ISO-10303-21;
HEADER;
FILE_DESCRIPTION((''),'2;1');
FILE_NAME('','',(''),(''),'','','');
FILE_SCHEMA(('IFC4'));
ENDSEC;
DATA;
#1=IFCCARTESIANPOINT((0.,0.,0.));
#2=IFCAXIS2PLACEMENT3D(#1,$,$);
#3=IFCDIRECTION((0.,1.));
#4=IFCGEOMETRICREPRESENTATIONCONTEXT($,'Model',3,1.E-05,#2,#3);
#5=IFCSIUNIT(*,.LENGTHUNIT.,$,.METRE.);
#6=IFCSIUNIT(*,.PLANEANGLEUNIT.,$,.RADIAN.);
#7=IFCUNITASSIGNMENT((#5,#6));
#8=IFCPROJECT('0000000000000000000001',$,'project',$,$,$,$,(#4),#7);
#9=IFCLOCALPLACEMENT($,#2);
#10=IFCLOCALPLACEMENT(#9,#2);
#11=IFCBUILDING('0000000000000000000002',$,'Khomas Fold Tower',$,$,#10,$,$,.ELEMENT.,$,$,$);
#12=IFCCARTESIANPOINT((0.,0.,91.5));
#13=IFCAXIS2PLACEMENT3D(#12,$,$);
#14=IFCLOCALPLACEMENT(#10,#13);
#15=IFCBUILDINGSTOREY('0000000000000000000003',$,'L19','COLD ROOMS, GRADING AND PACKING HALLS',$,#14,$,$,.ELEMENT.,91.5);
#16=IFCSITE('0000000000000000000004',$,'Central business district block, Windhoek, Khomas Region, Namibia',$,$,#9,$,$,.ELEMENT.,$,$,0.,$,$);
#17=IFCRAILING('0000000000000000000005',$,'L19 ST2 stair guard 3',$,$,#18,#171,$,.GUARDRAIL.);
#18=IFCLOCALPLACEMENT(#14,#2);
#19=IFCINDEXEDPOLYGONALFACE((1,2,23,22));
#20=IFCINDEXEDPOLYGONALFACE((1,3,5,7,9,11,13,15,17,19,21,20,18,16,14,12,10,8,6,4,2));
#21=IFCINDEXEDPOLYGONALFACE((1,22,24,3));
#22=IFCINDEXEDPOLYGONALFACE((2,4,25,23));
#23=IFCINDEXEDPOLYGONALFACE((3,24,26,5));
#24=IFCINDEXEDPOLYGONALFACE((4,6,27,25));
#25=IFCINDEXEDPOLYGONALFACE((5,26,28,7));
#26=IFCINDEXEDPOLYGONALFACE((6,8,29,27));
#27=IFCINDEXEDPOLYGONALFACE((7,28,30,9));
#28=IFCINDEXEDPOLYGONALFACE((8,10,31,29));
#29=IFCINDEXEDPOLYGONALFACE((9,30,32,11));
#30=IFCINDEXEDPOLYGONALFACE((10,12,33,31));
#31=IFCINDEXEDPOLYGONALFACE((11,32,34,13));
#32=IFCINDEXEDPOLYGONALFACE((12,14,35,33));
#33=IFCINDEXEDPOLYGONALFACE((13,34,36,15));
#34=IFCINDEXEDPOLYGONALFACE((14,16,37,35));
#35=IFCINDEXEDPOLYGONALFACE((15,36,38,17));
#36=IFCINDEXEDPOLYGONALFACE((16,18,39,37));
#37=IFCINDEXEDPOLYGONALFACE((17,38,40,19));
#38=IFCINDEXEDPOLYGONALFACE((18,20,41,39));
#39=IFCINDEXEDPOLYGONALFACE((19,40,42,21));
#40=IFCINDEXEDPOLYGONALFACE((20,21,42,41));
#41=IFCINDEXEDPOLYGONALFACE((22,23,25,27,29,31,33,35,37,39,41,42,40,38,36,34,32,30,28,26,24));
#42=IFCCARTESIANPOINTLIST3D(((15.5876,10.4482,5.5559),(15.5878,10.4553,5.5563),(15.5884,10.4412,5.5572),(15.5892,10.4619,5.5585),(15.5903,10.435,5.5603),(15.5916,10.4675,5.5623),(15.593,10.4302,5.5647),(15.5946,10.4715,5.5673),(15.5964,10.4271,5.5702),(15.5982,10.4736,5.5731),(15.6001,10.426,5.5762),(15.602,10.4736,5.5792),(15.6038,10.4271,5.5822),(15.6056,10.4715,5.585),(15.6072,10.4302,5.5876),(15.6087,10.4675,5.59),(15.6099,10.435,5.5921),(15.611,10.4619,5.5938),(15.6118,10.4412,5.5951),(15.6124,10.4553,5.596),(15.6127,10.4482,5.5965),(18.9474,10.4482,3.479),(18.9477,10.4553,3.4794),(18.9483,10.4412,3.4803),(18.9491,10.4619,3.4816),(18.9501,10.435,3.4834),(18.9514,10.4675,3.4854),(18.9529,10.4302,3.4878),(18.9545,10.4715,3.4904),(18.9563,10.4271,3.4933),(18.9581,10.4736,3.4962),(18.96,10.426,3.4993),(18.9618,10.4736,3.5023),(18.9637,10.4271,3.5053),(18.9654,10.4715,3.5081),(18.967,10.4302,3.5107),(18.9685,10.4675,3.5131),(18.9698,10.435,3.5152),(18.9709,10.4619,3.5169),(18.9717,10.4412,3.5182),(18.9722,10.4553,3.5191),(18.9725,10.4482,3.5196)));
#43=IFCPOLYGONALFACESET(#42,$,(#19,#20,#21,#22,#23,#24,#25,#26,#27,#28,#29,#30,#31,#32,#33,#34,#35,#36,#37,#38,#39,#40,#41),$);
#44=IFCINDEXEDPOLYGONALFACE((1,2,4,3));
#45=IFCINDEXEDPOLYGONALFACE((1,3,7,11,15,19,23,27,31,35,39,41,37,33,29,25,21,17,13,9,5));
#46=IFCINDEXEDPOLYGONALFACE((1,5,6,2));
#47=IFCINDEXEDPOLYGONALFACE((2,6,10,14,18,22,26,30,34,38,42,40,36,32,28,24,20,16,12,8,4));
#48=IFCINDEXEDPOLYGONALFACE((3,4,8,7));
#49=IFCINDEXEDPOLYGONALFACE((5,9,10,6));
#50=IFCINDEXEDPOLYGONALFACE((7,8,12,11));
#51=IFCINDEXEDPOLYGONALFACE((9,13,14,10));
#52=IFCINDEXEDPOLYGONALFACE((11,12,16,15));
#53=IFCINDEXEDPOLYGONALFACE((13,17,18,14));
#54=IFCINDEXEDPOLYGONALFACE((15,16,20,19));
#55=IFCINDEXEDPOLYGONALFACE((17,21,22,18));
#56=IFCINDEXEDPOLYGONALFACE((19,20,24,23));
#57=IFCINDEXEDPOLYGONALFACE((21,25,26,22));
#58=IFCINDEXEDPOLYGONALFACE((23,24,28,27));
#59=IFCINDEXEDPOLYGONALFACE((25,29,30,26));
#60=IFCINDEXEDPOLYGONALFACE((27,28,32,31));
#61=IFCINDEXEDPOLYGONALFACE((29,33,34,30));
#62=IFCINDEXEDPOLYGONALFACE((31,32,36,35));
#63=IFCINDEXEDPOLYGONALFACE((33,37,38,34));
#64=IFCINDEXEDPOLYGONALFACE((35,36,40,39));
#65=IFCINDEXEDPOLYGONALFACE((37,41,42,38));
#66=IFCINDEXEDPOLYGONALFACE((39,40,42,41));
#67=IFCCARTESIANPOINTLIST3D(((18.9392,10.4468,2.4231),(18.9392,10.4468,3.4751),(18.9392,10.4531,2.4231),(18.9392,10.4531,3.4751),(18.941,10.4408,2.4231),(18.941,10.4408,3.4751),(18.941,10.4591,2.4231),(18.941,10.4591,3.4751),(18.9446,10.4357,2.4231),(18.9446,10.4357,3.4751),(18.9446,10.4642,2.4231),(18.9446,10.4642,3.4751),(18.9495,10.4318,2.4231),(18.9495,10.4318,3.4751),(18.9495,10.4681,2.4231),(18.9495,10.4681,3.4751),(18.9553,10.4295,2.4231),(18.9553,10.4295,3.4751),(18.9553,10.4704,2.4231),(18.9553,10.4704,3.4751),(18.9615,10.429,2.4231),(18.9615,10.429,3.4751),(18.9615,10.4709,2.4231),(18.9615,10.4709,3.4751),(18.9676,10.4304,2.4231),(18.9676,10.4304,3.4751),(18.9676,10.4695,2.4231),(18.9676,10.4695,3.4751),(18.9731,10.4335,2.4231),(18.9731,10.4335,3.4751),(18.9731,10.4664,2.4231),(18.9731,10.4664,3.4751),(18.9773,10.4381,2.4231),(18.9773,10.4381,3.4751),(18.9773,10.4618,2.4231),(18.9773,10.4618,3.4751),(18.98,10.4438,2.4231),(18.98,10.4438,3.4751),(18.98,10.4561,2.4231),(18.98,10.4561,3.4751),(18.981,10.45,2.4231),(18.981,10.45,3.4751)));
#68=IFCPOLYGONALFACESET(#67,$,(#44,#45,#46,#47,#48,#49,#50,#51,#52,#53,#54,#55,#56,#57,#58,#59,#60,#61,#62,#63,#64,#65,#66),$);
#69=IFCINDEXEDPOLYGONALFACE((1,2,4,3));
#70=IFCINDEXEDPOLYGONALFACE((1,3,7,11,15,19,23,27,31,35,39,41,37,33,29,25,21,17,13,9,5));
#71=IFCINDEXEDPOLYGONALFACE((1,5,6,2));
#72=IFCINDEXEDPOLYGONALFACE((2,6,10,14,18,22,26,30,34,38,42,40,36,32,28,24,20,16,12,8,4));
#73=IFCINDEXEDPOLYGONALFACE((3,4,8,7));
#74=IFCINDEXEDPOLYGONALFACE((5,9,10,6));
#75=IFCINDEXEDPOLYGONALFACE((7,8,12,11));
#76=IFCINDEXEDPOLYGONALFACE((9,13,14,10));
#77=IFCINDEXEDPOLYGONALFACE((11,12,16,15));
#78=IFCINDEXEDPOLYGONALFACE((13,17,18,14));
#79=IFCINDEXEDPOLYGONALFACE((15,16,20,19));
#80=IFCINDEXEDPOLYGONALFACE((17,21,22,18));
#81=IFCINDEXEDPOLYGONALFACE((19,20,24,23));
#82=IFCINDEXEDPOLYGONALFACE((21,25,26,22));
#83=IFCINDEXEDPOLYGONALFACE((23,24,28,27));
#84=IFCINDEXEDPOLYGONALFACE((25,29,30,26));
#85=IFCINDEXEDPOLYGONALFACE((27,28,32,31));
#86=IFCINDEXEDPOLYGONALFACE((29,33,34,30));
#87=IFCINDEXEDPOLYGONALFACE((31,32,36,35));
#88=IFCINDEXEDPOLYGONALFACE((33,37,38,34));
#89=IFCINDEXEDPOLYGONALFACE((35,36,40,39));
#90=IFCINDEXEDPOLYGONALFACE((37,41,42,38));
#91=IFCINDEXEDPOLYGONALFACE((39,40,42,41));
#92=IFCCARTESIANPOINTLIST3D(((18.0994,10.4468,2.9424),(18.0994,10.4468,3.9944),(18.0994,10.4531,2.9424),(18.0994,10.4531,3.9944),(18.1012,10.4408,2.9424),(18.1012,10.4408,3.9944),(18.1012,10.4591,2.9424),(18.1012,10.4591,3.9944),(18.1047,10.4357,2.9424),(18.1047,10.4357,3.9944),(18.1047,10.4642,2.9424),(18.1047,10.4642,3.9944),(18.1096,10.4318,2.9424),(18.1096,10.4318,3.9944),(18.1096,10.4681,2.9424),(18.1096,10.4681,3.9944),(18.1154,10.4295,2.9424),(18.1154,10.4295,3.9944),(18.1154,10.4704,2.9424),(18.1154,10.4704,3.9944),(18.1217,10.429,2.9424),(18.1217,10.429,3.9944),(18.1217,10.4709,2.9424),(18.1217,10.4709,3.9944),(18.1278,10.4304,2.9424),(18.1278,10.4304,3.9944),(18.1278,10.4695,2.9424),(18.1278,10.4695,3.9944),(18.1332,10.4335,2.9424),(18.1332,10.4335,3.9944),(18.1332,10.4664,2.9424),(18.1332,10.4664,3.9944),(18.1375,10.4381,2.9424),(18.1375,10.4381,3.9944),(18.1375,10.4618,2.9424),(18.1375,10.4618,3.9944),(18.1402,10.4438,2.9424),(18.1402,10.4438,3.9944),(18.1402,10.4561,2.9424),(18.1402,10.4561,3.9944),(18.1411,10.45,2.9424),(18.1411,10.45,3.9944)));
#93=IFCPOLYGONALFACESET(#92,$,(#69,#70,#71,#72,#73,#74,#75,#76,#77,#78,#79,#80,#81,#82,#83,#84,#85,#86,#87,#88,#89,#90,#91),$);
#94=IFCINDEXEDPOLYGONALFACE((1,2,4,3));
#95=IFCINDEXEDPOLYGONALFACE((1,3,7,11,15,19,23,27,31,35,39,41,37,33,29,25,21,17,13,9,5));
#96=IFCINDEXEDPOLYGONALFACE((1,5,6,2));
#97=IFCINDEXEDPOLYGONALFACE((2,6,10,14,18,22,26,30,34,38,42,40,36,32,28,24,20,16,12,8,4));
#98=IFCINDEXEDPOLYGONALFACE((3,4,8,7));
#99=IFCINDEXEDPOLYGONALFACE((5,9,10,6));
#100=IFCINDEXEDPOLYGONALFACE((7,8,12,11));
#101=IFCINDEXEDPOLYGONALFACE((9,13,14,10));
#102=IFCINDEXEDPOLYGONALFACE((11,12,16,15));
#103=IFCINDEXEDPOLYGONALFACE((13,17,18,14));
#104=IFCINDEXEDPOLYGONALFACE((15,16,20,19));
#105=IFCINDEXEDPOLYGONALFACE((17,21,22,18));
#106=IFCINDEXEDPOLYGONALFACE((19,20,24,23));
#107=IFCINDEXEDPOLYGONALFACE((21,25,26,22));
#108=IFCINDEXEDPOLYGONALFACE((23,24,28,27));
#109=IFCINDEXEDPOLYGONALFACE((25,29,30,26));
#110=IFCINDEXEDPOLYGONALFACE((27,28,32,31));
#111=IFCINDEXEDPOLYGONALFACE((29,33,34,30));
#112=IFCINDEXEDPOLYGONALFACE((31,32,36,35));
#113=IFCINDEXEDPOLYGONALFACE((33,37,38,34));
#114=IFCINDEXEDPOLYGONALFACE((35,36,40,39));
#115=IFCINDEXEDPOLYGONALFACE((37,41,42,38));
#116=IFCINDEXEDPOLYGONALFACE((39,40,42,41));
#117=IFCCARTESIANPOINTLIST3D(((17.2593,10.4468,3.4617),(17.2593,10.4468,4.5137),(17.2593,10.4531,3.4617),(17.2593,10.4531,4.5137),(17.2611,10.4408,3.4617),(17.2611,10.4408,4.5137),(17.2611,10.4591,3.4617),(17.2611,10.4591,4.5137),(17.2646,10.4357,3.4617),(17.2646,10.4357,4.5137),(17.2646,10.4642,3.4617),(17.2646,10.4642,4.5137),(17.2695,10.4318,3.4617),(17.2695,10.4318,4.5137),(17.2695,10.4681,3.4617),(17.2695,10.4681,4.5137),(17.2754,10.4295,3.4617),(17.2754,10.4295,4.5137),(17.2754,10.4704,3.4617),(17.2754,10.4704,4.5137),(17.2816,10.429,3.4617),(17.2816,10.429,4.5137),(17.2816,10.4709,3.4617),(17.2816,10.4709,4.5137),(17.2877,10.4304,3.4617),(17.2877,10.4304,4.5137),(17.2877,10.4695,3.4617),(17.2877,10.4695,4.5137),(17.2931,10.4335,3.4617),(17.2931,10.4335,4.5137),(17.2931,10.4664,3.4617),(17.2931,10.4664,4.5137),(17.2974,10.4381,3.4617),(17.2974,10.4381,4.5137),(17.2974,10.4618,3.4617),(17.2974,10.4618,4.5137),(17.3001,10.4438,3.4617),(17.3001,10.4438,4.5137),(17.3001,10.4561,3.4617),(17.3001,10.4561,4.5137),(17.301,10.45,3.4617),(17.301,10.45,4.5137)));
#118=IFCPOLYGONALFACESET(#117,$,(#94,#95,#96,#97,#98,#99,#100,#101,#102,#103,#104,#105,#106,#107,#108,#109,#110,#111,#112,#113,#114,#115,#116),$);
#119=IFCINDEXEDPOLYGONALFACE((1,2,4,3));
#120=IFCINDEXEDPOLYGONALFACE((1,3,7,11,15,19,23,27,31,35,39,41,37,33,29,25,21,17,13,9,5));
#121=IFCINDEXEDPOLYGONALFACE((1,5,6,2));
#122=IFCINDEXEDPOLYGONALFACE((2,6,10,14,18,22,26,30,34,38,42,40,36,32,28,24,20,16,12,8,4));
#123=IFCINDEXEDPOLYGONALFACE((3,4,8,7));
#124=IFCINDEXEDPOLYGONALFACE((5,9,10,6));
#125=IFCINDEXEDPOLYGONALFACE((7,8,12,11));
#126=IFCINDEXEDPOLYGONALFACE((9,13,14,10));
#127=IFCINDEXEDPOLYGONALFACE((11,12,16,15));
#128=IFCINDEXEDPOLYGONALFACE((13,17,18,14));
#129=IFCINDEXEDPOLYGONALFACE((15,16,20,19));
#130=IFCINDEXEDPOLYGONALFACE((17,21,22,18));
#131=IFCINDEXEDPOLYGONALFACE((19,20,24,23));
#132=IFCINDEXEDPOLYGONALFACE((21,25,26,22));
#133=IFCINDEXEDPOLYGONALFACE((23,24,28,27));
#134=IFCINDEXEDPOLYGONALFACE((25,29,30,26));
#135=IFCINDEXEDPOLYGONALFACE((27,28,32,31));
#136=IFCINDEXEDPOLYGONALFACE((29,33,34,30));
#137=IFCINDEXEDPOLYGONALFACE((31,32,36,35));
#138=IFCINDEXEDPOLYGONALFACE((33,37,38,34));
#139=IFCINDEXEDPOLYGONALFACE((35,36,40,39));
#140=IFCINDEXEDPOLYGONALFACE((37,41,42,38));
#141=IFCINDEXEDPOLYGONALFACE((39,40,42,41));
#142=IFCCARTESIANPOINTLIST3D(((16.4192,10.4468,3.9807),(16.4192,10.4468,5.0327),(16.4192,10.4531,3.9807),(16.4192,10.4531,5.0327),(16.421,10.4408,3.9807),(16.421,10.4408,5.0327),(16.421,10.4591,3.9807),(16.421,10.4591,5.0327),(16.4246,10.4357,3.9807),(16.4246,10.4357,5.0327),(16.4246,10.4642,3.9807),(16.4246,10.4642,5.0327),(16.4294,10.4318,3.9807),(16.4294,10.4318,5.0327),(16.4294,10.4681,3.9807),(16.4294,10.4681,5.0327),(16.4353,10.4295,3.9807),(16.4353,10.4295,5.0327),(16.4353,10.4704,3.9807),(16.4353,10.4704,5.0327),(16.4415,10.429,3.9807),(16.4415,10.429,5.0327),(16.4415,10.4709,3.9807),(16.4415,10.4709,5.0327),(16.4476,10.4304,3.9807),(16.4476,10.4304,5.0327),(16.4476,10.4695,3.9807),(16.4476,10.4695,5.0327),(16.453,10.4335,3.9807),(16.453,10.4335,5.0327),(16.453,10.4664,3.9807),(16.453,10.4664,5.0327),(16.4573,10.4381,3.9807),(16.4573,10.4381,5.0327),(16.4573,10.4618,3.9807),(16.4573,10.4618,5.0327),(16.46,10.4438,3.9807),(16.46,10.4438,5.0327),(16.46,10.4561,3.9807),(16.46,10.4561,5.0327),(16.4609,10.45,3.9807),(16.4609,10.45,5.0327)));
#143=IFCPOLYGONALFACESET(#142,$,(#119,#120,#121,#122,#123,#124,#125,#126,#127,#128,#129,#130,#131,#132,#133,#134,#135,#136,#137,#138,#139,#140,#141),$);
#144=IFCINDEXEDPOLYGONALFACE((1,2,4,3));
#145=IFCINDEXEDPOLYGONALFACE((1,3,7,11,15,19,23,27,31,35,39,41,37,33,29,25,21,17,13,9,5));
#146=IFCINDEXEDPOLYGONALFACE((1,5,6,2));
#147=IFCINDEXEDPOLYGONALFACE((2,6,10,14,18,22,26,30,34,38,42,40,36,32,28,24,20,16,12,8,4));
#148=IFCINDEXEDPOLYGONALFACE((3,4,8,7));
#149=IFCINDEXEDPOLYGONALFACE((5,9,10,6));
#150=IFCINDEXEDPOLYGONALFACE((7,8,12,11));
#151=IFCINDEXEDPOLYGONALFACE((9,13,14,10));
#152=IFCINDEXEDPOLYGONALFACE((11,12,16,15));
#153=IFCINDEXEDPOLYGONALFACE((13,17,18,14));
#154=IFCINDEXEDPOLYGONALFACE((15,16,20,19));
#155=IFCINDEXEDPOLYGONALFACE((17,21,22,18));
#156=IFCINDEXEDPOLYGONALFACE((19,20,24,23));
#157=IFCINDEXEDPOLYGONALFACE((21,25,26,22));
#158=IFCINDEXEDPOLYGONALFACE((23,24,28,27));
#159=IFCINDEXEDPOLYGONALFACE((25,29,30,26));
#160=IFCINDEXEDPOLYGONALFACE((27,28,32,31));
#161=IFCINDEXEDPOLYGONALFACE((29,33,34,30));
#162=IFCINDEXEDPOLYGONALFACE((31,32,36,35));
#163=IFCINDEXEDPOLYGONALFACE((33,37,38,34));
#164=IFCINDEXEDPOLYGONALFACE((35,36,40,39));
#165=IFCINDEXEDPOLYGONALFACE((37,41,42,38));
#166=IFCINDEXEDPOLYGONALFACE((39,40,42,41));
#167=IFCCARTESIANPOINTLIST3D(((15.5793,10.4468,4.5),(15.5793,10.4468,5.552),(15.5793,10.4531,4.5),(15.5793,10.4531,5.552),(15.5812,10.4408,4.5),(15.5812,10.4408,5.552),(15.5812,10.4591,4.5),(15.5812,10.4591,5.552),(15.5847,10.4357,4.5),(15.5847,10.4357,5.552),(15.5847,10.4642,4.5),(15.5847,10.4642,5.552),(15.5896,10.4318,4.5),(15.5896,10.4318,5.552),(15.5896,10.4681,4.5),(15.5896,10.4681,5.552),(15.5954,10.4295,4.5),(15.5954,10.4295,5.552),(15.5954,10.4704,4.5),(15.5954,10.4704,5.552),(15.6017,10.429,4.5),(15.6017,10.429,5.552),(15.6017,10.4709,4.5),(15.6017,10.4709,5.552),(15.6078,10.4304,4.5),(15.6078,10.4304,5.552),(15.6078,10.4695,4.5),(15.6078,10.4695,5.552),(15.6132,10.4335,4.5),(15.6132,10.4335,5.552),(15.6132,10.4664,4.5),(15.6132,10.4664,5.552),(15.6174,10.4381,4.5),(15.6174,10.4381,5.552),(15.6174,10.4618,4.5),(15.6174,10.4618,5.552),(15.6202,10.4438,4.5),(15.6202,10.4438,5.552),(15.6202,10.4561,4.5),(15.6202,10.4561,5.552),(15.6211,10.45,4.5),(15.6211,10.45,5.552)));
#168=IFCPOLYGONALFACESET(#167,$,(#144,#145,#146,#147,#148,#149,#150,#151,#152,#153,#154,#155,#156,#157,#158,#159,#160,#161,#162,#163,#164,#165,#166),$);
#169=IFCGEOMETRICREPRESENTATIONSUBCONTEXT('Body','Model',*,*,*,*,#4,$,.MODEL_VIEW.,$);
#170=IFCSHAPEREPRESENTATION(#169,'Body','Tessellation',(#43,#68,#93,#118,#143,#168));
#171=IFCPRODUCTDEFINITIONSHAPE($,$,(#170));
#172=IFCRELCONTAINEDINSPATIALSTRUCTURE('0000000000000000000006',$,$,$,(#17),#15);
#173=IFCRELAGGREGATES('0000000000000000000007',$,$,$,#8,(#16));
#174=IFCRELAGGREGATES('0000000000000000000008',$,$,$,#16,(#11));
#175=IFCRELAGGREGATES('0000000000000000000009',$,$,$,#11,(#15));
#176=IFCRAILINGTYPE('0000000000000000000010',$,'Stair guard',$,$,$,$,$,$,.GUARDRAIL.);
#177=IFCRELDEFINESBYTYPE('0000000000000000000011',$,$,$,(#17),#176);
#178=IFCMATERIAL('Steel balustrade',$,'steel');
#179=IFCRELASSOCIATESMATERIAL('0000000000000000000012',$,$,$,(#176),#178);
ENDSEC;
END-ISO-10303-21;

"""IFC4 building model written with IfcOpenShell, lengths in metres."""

from ifc_helpers import new_model, si_unit, direction, frame, origin, origin_2d, place, context, subcontext, project, spatial, circle, extrude, source, transform, mapped, material, type_object, element, save


model = new_model("IFC4")

# Units and contexts
model_context = context("Model", 3, precision=1e-05, world=origin(), true_north=direction((0.0, 1.0)))
body_context = subcontext(model_context, "Body", "Model", "MODEL_VIEW")
ifc_project = project(units=[si_unit("LENGTHUNIT", "METRE"), si_unit("PLANEANGLEUNIT", "RADIAN")], contexts=[model_context])

# Site, building, storey
site_placement = place(None, origin())
site = spatial("IfcSite", under=ifc_project, at=site_placement, Name="Central business district block, Windhoek, Khomas Region, Namibia", CompositionType="ELEMENT", RefElevation=0.0)
building_placement = place(site_placement, origin())
building = spatial("IfcBuilding", under=site, at=building_placement, Name="Khomas Fold Tower", CompositionType="ELEMENT")
storey_placement = place(building_placement, frame((0.0, 0.0, 91.5)))
storey = spatial("IfcBuildingStorey", under=building, at=storey_placement, Name="L19", Description="COLD ROOMS, GRADING AND PACKING HALLS", CompositionType="ELEMENT", Elevation=91.5)

# Railing
ifc_material_1 = material(Name="Steel balustrade", Category="steel")
railing_type_1 = type_object("IfcRailingType", Name="Stair guard", PredefinedType="GUARDRAIL", material=ifc_material_1)
shared_shape_1 = source(origin(), body_context, "Body", "SweptSolid", [
    extrude(circle(Radius=0.0239, at=origin_2d()), frame((0.0, 0.0, 1.0762), z_axis=(-0.850606, 0.0, 0.525803), x_axis=(0.0, -1.0, 0.0)), (0.0, 0.0, 1.0), 3.95),
    extrude(circle(Radius=0.021, at=origin_2d()), origin(), (0.0, 0.0, 1.0), 1.052),
    extrude(circle(Radius=0.021, at=origin_2d()), frame((-0.8398, 0.0, 0.5193)), (0.0, 0.0, 1.0), 1.052),
    extrude(circle(Radius=0.021, at=origin_2d()), frame((-1.6799, 0.0, 1.0386)), (0.0, 0.0, 1.0), 1.052),
    extrude(circle(Radius=0.021, at=origin_2d()), frame((-2.52, 0.0, 1.5576)), (0.0, 0.0, 1.0), 1.052),
    extrude(circle(Radius=0.021, at=origin_2d()), frame((-3.3599, 0.0, 2.0769)), (0.0, 0.0, 1.0), 1.052),
])
railing_1_placement = place(storey_placement, frame((18.96, 10.45, 2.4231)))
element("IfcRailing", 1, at=railing_1_placement, inside=storey, type_object=railing_type_1, Name="L19 ST2 stair guard 3", PredefinedType="GUARDRAIL", context=body_context, shape_type="MappedRepresentation", body=[
    mapped(shared_shape_1, transform((0.0, 0.0, 0.0))),
])

save(model, "model.ifc")
